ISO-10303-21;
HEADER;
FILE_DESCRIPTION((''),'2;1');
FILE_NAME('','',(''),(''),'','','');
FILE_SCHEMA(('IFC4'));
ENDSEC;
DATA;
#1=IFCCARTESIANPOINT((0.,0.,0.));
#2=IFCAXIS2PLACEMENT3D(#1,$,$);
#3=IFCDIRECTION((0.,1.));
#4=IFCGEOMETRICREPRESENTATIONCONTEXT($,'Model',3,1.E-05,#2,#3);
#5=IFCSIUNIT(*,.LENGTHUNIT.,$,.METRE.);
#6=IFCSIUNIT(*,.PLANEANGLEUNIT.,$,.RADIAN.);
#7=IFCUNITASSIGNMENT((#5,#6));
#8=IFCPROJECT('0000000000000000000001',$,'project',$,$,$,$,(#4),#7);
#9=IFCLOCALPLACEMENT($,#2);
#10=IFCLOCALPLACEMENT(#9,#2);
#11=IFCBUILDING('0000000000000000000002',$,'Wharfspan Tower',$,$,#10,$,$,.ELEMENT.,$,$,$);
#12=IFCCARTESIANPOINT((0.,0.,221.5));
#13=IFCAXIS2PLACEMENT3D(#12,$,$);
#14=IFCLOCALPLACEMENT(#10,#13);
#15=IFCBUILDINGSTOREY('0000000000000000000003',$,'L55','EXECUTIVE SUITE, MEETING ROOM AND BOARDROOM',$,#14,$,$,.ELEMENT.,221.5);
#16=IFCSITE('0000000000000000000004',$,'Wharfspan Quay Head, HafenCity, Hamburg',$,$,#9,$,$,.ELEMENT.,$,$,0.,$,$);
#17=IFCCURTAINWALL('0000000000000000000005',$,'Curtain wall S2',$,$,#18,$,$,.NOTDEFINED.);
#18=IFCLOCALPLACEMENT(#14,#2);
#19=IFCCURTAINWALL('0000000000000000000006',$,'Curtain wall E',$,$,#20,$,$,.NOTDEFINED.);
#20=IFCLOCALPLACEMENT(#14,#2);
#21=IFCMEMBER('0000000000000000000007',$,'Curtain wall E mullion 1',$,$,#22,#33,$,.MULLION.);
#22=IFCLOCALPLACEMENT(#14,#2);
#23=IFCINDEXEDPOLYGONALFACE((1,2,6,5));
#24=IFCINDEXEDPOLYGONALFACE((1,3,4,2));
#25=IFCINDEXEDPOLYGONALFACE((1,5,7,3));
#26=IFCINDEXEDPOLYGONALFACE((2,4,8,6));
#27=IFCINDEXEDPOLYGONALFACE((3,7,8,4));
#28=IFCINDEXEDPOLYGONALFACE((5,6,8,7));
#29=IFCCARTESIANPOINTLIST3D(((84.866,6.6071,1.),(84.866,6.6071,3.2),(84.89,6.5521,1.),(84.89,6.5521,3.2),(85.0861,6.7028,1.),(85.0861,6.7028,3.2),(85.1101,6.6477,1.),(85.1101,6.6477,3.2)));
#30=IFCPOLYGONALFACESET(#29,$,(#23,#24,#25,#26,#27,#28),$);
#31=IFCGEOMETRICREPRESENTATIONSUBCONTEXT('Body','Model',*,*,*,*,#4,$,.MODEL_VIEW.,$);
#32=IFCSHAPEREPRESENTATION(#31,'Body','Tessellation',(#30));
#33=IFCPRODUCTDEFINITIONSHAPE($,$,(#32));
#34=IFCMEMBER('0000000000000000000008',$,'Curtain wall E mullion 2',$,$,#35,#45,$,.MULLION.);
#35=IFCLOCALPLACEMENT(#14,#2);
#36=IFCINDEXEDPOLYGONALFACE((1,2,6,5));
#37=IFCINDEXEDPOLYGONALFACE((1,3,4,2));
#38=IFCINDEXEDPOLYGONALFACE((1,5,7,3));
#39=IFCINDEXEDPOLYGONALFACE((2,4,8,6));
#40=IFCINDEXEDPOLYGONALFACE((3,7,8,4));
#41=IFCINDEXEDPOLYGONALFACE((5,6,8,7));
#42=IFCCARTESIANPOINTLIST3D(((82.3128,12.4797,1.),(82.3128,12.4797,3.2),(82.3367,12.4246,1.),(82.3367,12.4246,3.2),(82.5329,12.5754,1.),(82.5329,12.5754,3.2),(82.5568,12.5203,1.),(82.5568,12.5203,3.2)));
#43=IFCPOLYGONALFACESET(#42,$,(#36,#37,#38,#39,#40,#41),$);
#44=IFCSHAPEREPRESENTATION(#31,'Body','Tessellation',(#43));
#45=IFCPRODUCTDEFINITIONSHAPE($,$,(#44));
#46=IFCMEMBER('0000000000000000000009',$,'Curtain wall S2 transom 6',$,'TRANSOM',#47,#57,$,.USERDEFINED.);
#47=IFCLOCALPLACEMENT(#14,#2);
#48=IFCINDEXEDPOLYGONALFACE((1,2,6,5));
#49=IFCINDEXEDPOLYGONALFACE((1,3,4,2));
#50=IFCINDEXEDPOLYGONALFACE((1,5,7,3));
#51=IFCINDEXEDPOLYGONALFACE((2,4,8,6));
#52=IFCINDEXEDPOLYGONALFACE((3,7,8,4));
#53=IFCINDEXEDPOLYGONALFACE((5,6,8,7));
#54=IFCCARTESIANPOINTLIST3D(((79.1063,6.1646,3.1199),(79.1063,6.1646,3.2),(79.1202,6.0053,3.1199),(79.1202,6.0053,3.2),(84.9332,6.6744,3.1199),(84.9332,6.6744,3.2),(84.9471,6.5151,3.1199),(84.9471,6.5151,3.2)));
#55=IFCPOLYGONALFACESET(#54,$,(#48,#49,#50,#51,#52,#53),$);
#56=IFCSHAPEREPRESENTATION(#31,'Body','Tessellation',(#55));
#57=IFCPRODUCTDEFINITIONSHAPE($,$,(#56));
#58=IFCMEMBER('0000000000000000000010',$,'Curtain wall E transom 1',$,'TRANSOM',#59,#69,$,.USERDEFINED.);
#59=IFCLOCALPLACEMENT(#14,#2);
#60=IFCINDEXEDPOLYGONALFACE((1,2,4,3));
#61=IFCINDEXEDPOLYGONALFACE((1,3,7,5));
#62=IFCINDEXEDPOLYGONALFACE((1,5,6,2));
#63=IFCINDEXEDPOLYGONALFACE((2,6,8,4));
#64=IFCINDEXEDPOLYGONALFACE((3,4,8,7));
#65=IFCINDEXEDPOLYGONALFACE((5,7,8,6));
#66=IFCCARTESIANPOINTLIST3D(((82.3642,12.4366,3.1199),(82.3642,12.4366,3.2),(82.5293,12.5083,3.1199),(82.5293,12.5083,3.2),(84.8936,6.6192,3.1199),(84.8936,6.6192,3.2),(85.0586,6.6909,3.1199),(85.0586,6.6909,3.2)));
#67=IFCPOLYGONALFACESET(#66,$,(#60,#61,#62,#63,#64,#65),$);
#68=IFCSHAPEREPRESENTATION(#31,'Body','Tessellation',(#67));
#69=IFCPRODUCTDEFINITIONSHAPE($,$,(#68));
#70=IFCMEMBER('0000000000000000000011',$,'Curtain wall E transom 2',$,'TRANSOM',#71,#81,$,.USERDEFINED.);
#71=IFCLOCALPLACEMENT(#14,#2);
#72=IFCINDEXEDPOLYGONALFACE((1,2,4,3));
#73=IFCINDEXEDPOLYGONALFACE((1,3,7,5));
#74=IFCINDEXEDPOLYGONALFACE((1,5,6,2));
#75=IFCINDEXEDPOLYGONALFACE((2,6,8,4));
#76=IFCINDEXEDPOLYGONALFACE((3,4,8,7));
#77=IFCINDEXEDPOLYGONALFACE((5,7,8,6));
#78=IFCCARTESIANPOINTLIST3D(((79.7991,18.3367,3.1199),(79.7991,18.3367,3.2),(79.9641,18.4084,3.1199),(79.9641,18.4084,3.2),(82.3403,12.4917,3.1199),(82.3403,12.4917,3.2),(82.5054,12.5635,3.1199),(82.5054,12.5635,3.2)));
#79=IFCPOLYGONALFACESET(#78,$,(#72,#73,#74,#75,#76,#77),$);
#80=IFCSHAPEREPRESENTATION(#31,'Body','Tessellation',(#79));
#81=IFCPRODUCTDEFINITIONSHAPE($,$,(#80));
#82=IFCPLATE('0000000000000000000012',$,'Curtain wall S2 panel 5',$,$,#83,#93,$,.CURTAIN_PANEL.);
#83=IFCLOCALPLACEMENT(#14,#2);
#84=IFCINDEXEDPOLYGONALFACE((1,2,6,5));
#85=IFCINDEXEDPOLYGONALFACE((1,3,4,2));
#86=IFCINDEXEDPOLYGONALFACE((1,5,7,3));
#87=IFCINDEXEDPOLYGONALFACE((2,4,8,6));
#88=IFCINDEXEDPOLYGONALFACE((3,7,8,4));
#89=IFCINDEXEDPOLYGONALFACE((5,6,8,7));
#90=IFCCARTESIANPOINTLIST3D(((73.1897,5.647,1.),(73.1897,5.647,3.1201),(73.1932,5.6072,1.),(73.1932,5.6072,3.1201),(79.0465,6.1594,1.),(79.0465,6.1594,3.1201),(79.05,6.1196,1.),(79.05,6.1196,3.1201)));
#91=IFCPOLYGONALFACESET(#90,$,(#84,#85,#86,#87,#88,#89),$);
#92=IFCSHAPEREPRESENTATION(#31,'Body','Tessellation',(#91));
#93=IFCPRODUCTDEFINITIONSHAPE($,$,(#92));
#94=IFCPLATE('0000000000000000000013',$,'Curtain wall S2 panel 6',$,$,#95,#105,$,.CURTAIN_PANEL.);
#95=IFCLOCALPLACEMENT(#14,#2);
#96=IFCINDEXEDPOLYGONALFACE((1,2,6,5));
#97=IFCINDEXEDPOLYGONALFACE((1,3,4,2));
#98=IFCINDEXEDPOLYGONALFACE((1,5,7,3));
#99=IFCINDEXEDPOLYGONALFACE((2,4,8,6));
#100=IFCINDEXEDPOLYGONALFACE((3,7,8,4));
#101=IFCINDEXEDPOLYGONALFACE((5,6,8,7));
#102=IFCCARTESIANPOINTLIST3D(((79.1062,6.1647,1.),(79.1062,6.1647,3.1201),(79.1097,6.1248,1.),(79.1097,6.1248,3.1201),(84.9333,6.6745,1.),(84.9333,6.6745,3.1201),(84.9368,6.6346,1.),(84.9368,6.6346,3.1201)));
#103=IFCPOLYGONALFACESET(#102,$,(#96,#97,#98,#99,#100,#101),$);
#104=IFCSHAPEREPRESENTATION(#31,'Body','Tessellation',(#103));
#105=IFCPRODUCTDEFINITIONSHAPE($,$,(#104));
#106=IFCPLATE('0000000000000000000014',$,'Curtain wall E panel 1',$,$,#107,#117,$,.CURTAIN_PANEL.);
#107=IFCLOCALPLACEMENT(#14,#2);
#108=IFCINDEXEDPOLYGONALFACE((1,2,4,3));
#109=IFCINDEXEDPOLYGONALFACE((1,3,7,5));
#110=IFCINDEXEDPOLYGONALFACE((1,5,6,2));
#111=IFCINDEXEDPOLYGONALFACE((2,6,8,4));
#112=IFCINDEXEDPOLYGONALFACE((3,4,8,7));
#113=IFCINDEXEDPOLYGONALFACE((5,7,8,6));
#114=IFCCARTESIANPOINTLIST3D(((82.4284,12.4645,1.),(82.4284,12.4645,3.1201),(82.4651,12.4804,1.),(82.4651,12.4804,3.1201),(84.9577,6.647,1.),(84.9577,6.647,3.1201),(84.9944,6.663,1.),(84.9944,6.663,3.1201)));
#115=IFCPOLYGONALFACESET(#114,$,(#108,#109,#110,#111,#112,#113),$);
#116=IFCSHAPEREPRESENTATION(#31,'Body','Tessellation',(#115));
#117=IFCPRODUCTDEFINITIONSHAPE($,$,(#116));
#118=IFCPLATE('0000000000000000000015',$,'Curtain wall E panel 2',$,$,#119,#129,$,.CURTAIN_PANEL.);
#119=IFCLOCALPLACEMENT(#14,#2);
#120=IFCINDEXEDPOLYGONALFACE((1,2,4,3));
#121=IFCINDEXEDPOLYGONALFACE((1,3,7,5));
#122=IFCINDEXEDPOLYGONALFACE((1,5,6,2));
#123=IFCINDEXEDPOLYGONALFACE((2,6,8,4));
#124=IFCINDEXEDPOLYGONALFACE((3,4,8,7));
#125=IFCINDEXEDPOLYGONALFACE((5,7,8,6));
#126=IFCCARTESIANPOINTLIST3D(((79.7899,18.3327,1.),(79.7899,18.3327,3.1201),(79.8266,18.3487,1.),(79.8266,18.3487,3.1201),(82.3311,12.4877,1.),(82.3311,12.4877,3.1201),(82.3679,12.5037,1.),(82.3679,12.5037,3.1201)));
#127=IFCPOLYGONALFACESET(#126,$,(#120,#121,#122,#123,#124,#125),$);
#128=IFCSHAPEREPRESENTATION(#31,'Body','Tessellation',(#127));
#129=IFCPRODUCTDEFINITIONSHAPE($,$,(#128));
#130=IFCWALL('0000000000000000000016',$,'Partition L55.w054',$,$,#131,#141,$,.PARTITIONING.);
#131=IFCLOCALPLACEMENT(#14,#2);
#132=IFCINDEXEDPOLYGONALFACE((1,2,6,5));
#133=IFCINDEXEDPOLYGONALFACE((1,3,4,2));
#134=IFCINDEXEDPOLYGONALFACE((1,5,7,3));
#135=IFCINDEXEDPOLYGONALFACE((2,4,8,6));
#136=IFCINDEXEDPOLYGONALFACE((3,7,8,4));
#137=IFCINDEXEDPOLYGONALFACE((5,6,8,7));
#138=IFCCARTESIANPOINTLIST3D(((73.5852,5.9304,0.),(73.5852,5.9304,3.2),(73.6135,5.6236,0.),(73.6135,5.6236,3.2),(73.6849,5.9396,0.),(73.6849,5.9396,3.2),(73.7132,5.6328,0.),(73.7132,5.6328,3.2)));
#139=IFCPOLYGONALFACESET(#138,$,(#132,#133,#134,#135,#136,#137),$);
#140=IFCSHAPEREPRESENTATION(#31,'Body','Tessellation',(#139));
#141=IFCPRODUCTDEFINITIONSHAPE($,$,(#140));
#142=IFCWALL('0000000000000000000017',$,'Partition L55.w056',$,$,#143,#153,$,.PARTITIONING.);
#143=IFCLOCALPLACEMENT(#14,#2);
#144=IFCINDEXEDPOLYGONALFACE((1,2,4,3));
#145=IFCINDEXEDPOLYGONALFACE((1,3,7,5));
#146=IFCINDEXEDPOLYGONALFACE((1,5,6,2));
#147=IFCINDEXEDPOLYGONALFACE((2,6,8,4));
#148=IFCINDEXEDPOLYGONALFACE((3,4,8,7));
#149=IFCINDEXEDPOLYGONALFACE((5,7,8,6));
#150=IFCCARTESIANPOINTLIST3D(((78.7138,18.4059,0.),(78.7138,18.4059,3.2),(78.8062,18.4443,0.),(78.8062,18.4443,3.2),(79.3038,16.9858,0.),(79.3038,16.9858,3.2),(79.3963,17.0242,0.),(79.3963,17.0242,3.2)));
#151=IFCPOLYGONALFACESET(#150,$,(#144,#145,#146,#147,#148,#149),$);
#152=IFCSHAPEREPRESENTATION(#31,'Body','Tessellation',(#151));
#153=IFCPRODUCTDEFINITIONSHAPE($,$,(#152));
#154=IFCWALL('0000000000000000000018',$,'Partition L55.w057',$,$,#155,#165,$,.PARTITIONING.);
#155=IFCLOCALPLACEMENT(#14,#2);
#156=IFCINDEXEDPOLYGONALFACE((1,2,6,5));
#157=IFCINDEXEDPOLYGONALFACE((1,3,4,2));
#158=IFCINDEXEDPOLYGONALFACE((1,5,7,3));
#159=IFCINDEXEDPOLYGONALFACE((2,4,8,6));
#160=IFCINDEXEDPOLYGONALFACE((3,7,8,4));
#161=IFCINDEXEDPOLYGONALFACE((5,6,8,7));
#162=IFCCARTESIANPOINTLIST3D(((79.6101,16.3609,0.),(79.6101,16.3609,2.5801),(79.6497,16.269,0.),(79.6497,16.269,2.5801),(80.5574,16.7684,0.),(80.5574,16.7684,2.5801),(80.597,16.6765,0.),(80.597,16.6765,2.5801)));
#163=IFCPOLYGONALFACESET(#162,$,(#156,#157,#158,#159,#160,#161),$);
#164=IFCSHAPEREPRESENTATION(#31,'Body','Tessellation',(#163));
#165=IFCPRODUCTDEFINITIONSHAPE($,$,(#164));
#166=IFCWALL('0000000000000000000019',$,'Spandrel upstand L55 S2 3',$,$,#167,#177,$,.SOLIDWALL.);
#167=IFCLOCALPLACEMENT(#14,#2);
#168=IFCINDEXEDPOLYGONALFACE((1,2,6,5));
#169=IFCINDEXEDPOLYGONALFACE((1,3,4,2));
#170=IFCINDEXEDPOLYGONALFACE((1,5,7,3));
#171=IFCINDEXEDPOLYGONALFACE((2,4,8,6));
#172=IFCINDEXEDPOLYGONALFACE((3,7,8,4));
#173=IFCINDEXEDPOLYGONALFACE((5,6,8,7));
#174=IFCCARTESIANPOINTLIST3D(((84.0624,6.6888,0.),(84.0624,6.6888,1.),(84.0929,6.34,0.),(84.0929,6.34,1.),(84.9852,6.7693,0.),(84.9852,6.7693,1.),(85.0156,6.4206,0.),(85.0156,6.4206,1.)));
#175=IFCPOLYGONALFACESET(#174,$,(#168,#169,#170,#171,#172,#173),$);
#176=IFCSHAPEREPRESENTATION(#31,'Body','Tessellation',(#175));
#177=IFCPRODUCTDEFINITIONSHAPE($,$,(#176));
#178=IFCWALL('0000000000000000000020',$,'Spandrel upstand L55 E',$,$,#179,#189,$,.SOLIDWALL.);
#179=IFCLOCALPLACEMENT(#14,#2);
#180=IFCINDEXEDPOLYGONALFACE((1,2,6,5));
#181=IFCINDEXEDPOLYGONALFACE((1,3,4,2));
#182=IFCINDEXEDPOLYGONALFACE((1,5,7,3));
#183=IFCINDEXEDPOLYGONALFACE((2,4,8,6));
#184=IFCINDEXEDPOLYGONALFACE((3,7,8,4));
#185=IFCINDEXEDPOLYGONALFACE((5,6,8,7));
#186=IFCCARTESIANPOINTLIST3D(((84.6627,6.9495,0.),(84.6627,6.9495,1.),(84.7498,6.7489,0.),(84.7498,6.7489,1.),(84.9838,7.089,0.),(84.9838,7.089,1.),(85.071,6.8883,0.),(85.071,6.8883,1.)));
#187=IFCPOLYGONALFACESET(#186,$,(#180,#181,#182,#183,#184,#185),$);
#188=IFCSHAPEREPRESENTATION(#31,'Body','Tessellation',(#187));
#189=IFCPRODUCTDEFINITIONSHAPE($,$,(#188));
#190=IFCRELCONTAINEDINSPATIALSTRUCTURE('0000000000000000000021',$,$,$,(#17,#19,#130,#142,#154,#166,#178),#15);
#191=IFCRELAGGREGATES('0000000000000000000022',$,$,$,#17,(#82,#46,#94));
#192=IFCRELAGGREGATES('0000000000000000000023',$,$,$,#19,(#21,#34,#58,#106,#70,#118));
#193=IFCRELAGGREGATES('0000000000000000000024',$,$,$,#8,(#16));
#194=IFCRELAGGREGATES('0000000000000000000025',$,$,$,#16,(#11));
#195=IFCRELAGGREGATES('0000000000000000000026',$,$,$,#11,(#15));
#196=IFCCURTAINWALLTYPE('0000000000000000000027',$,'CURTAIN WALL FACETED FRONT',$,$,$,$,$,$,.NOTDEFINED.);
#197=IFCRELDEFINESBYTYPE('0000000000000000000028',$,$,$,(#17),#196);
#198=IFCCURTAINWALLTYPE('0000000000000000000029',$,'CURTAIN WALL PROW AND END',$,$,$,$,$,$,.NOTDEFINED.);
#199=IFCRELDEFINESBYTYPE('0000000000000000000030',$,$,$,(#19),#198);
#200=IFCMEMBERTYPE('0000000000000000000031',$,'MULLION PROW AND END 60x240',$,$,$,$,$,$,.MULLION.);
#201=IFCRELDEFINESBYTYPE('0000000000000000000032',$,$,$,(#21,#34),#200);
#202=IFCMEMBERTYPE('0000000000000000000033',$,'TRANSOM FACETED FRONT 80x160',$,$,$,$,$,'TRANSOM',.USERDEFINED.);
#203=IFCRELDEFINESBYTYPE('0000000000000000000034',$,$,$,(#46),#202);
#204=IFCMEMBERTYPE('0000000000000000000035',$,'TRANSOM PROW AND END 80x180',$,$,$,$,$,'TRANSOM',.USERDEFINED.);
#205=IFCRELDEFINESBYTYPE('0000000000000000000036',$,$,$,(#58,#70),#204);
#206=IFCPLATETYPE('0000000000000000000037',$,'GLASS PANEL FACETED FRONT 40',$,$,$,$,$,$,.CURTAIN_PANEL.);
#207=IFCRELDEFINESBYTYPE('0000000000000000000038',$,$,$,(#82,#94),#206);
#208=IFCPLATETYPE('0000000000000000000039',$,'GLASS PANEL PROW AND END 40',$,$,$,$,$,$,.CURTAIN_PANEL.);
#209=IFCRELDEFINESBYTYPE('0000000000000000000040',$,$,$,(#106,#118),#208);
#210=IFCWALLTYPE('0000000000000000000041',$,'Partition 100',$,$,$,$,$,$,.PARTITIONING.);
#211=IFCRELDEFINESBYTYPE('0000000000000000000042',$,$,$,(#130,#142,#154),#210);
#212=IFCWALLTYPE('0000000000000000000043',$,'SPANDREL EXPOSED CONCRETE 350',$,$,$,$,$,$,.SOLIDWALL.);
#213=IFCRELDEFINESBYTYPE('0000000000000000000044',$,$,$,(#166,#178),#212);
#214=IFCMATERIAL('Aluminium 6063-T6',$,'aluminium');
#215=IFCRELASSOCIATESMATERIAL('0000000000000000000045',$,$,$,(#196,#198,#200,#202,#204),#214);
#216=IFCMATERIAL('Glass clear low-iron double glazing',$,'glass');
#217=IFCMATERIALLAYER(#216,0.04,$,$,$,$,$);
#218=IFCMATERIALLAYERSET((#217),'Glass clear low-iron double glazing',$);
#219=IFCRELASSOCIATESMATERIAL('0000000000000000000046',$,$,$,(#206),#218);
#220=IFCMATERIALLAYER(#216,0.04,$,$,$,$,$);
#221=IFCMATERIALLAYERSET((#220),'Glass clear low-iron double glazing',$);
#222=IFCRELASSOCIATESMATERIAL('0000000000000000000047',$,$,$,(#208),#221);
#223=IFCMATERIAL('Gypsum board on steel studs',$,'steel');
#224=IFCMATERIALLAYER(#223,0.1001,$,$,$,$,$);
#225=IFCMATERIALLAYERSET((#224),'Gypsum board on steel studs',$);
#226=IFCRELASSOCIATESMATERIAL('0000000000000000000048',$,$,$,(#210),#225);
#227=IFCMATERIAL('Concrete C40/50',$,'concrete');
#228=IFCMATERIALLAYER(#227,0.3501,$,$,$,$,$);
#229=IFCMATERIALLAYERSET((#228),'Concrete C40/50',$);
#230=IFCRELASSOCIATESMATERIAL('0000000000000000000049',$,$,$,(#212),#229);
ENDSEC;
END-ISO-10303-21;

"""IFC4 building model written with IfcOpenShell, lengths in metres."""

from ifc_helpers import new_model, si_unit, direction, frame, frame_2d, origin, origin_2d, place, context, subcontext, project, spatial, rectangle, extrude, material, layer, layer_set, material_profile, profile_set, type_object, element, aggregate, save


model = new_model("IFC4")

# Units and contexts
model_context = context("Model", 3, precision=1e-05, world=origin(), true_north=direction((0.0, 1.0)))
body_context = subcontext(model_context, "Body", "Model", "MODEL_VIEW")
ifc_project = project(units=[si_unit("LENGTHUNIT", "METRE"), si_unit("PLANEANGLEUNIT", "RADIAN")], contexts=[model_context])

# Site, building, storey
site_placement = place(None, origin())
site = spatial("IfcSite", under=ifc_project, at=site_placement, Name="Wharfspan Quay Head, HafenCity, Hamburg", CompositionType="ELEMENT", RefElevation=0.0)
building_placement = place(site_placement, origin())
building = spatial("IfcBuilding", under=site, at=building_placement, Name="Wharfspan Tower", CompositionType="ELEMENT")
storey_placement = place(building_placement, frame((0.0, 0.0, 221.5)))
storey = spatial("IfcBuildingStorey", under=building, at=storey_placement, Name="L55", Description="EXECUTIVE SUITE, MEETING ROOM AND BOARDROOM", CompositionType="ELEMENT", Elevation=221.5)

# Curtain walls, members
ifc_material_1 = material(Name="Aluminium 6063-T6", Category="aluminium")
curtain_wall_type_1 = type_object("IfcCurtainWallType", Name="CURTAIN WALL FACETED FRONT", PredefinedType="NOTDEFINED", material=ifc_material_1)
curtain_wall_1_placement = place(storey_placement, origin())
curtain_wall_1 = element("IfcCurtainWall", 1, at=curtain_wall_1_placement, inside=storey, type_object=curtain_wall_type_1, Name="Curtain wall S2", PredefinedType="NOTDEFINED")
curtain_wall_type_2 = type_object("IfcCurtainWallType", Name="CURTAIN WALL PROW AND END", PredefinedType="NOTDEFINED", material=ifc_material_1)
curtain_wall_2_placement = place(storey_placement, origin())
curtain_wall_2 = element("IfcCurtainWall", 2, at=curtain_wall_2_placement, inside=storey, type_object=curtain_wall_type_2, Name="Curtain wall E", PredefinedType="NOTDEFINED")
ifc_material_profile_1 = material_profile(ifc_material_1, rectangle(XDim=0.24, YDim=0.0601, at=origin_2d()))
ifc_profile_set_1 = profile_set([ifc_material_profile_1], Name="Aluminium 6063-T6")
member_type_1 = type_object("IfcMemberType", Name="MULLION PROW AND END 60x240", PredefinedType="MULLION", material=ifc_profile_set_1)
member_1_placement = place(storey_placement, frame((84.988, 6.6274, 1.0), z_axis=(0.0, 0.0, 1.0), x_axis=(-0.917072, -0.398727, 0.0)))
member_1 = element("IfcMember", 3, at=member_1_placement, type_object=member_type_1, Name="Curtain wall E mullion 1", PredefinedType="MULLION", context=body_context, shape_type="SweptSolid", body=[
    extrude(rectangle(XDim=0.24, YDim=0.0601, at=origin_2d()), origin(), (0.0, 0.0, 1.0), 2.2),
])
member_2_placement = place(storey_placement, frame((82.4348, 12.5, 1.0), z_axis=(0.0, 0.0, 1.0), x_axis=(-0.917072, -0.398727, 0.0)))
member_2 = element("IfcMember", 4, at=member_2_placement, type_object=member_type_1, Name="Curtain wall E mullion 2", PredefinedType="MULLION", context=body_context, shape_type="SweptSolid", body=[
    extrude(rectangle(XDim=0.24, YDim=0.0601, at=origin_2d()), origin(), (0.0, 0.0, 1.0), 2.2),
])

# Members
ifc_material_profile_2 = material_profile(ifc_material_1, rectangle(XDim=0.1599, YDim=0.0801, at=origin_2d()))
ifc_profile_set_2 = profile_set([ifc_material_profile_2], Name="Aluminium 6063-T6")
member_type_2 = type_object("IfcMemberType", Name="TRANSOM FACETED FRONT 80x160", ElementType="TRANSOM", PredefinedType="USERDEFINED", material=ifc_profile_set_2)
member_3_placement = place(storey_placement, frame((79.1133, 6.085, 3.1599), z_axis=(0.996195, 0.087152, 0.0), x_axis=(-0.087152, 0.996195, 0.0)))
member_3 = element("IfcMember", 5, at=member_3_placement, type_object=member_type_2, Name="Curtain wall S2 transom 6", ObjectType="TRANSOM", PredefinedType="USERDEFINED", context=body_context, shape_type="SweptSolid", body=[
    extrude(rectangle(XDim=0.1599, YDim=0.0801, at=origin_2d()), origin(), (0.0, 0.0, 1.0), 5.8491),
])
ifc_material_profile_3 = material_profile(ifc_material_1, rectangle(XDim=0.1799, YDim=0.0801, at=origin_2d()))
ifc_profile_set_3 = profile_set([ifc_material_profile_3], Name="Aluminium 6063-T6")
member_type_3 = type_object("IfcMemberType", Name="TRANSOM PROW AND END 80x180", ElementType="TRANSOM", PredefinedType="USERDEFINED", material=ifc_profile_set_3)
member_4_placement = place(storey_placement, frame((84.9761, 6.655, 3.1599), z_axis=(-0.398726, 0.91707, 0.0), x_axis=(-0.91707, -0.398726, 0.0)))
member_4 = element("IfcMember", 6, at=member_4_placement, type_object=member_type_3, Name="Curtain wall E transom 1", ObjectType="TRANSOM", PredefinedType="USERDEFINED", context=body_context, shape_type="SweptSolid", body=[
    extrude(rectangle(XDim=0.1799, YDim=0.0801, at=origin_2d()), origin(), (0.0, 0.0, 1.0), 6.3435),
])
member_5_placement = place(storey_placement, frame((82.4229, 12.5276, 3.1599), z_axis=(-0.398722, 0.917072, 0.0), x_axis=(-0.917072, -0.398722, 0.0)))
member_5 = element("IfcMember", 7, at=member_5_placement, type_object=member_type_3, Name="Curtain wall E transom 2", ObjectType="TRANSOM", PredefinedType="USERDEFINED", context=body_context, shape_type="SweptSolid", body=[
    extrude(rectangle(XDim=0.1799, YDim=0.0801, at=origin_2d()), origin(), (0.0, 0.0, 1.0), 6.3735),
])

# Plates
ifc_material_2 = material(Name="Glass clear low-iron double glazing", Category="glass")
ifc_layer_1 = layer(ifc_material_2, 0.04)
ifc_layer_set_1 = layer_set([ifc_layer_1], Name="Glass clear low-iron double glazing")
plate_type_1 = type_object("IfcPlateType", Name="GLASS PANEL FACETED FRONT 40", PredefinedType="CURTAIN_PANEL", material=ifc_layer_set_1)
plate_1_placement = place(storey_placement, frame((76.1199, 5.8833, 1.0), z_axis=(0.0, 0.0, 1.0), x_axis=(0.996197, 0.087156, 0.0)))
plate_1 = element("IfcPlate", 8, at=plate_1_placement, type_object=plate_type_1, Name="Curtain wall S2 panel 5", PredefinedType="CURTAIN_PANEL", context=body_context, shape_type="SweptSolid", body=[
    extrude(rectangle(XDim=5.8792, YDim=0.04, at=origin_2d()), origin(), (0.0, 0.0, 1.0), 2.1201),
])
plate_2_placement = place(storey_placement, frame((82.0215, 6.3997, 1.0), z_axis=(0.0, 0.0, 1.0), x_axis=(0.996197, 0.087156, 0.0)))
plate_2 = element("IfcPlate", 9, at=plate_2_placement, type_object=plate_type_1, Name="Curtain wall S2 panel 6", PredefinedType="CURTAIN_PANEL", context=body_context, shape_type="SweptSolid", body=[
    extrude(rectangle(XDim=5.8494, YDim=0.04, at=origin_2d()), origin(), (0.0, 0.0, 1.0), 2.1201),
])
aggregate(curtain_wall_1, [plate_1, member_3, plate_2])
ifc_layer_2 = layer(ifc_material_2, 0.04)
ifc_layer_set_2 = layer_set([ifc_layer_2], Name="Glass clear low-iron double glazing")
plate_type_2 = type_object("IfcPlateType", Name="GLASS PANEL PROW AND END 40", PredefinedType="CURTAIN_PANEL", material=ifc_layer_set_2)
plate_3_placement = place(storey_placement, frame((83.7114, 9.5637, 1.0), z_axis=(0.0, 0.0, 1.0), x_axis=(-0.398727, 0.917072, 0.0)))
plate_3 = element("IfcPlate", 10, at=plate_3_placement, type_object=plate_type_2, Name="Curtain wall E panel 1", PredefinedType="CURTAIN_PANEL", context=body_context, shape_type="SweptSolid", body=[
    extrude(rectangle(XDim=6.3435, YDim=0.04, at=origin_2d()), origin(), (0.0, 0.0, 1.0), 2.1201),
])
plate_4_placement = place(storey_placement, frame((81.0789, 15.4182, 1.0), z_axis=(0.0, 0.0, 1.0), x_axis=(-0.398727, 0.917072, 0.0)))
plate_4 = element("IfcPlate", 11, at=plate_4_placement, type_object=plate_type_2, Name="Curtain wall E panel 2", PredefinedType="CURTAIN_PANEL", context=body_context, shape_type="SweptSolid", body=[
    extrude(rectangle(XDim=6.3735, YDim=0.04, at=origin_2d()), origin(), (0.0, 0.0, 1.0), 2.1201),
])
aggregate(curtain_wall_2, [member_1, member_2, member_4, plate_3, member_5, plate_4])

# Walls
ifc_material_3 = material(Name="Gypsum board on steel studs", Category="steel")
ifc_layer_3 = layer(ifc_material_3, 0.1001)
ifc_layer_set_3 = layer_set([ifc_layer_3], Name="Gypsum board on steel studs")
wall_type_1 = type_object("IfcWallType", Name="Partition 100", PredefinedType="PARTITIONING", material=ifc_layer_set_3)
wall_1_placement = place(storey_placement, frame((73.6633, 5.6282, 0.0), z_axis=(0.0, 0.0, 1.0), x_axis=(-0.091893, 0.995772, 0.0)))
element("IfcWall", 12, at=wall_1_placement, inside=storey, type_object=wall_type_1, Name="Partition L55.w054", PredefinedType="PARTITIONING", context=body_context, shape_type="SweptSolid", body=[
    extrude(rectangle(XDim=0.3081, YDim=0.1001, at=frame_2d((0.1541, 0.0))), origin(), (0.0, 0.0, 1.0), 3.2),
])
wall_2_placement = place(storey_placement, frame((79.3501, 17.0049, 0.0), z_axis=(0.0, 0.0, 1.0), x_axis=(-0.383703, 0.923459, 0.0)))
element("IfcWall", 13, at=wall_2_placement, inside=storey, type_object=wall_type_1, Name="Partition L55.w056", PredefinedType="PARTITIONING", context=body_context, shape_type="SweptSolid", body=[
    extrude(rectangle(XDim=1.5378, YDim=0.1001, at=frame_2d((0.769, 0.0))), origin(), (0.0, 0.0, 1.0), 3.2),
])
wall_3_placement = place(storey_placement, frame((79.6299, 16.3149, 0.0), z_axis=(0.0, 0.0, 1.0), x_axis=(0.918616, 0.395147, 0.0)))
element("IfcWall", 14, at=wall_3_placement, inside=storey, type_object=wall_type_1, Name="Partition L55.w057", PredefinedType="PARTITIONING", context=body_context, shape_type="SweptSolid", body=[
    extrude(rectangle(XDim=1.0312, YDim=0.1001, at=frame_2d((0.5156, 0.0))), origin(), (0.0, 0.0, 1.0), 2.5801),
])
ifc_material_4 = material(Name="Concrete C40/50", Category="concrete")
ifc_layer_4 = layer(ifc_material_4, 0.3501)
ifc_layer_set_4 = layer_set([ifc_layer_4], Name="Concrete C40/50")
wall_type_2 = type_object("IfcWallType", Name="SPANDREL EXPOSED CONCRETE 350", PredefinedType="SOLIDWALL", material=ifc_layer_set_4)
wall_4_placement = place(storey_placement, frame((84.0776, 6.5144, 0.0), z_axis=(0.0, 0.0, 1.0), x_axis=(0.996213, 0.086971, 0.0)))
element("IfcWall", 15, at=wall_4_placement, inside=storey, type_object=wall_type_2, Name="Spandrel upstand L55 S2 3", PredefinedType="SOLIDWALL", context=body_context, shape_type="SweptSolid", body=[
    extrude(rectangle(XDim=0.9263, YDim=0.3501, at=frame_2d((0.4631, 0.0))), origin(), (0.0, 0.0, 1.0), 1.0),
])
wall_5_placement = place(storey_placement, frame((84.9104, 6.8186, 0.0), z_axis=(0.0, 0.0, 1.0), x_axis=(-0.398359, 0.91723, 0.0)))
element("IfcWall", 16, at=wall_5_placement, inside=storey, type_object=wall_type_2, Name="Spandrel upstand L55 E", PredefinedType="SOLIDWALL", context=body_context, shape_type="SweptSolid", body=[
    extrude(rectangle(XDim=0.2188, YDim=0.3501, at=frame_2d((0.1094, 0.0))), origin(), (0.0, 0.0, 1.0), 1.0),
])

save(model, "model.ifc")
